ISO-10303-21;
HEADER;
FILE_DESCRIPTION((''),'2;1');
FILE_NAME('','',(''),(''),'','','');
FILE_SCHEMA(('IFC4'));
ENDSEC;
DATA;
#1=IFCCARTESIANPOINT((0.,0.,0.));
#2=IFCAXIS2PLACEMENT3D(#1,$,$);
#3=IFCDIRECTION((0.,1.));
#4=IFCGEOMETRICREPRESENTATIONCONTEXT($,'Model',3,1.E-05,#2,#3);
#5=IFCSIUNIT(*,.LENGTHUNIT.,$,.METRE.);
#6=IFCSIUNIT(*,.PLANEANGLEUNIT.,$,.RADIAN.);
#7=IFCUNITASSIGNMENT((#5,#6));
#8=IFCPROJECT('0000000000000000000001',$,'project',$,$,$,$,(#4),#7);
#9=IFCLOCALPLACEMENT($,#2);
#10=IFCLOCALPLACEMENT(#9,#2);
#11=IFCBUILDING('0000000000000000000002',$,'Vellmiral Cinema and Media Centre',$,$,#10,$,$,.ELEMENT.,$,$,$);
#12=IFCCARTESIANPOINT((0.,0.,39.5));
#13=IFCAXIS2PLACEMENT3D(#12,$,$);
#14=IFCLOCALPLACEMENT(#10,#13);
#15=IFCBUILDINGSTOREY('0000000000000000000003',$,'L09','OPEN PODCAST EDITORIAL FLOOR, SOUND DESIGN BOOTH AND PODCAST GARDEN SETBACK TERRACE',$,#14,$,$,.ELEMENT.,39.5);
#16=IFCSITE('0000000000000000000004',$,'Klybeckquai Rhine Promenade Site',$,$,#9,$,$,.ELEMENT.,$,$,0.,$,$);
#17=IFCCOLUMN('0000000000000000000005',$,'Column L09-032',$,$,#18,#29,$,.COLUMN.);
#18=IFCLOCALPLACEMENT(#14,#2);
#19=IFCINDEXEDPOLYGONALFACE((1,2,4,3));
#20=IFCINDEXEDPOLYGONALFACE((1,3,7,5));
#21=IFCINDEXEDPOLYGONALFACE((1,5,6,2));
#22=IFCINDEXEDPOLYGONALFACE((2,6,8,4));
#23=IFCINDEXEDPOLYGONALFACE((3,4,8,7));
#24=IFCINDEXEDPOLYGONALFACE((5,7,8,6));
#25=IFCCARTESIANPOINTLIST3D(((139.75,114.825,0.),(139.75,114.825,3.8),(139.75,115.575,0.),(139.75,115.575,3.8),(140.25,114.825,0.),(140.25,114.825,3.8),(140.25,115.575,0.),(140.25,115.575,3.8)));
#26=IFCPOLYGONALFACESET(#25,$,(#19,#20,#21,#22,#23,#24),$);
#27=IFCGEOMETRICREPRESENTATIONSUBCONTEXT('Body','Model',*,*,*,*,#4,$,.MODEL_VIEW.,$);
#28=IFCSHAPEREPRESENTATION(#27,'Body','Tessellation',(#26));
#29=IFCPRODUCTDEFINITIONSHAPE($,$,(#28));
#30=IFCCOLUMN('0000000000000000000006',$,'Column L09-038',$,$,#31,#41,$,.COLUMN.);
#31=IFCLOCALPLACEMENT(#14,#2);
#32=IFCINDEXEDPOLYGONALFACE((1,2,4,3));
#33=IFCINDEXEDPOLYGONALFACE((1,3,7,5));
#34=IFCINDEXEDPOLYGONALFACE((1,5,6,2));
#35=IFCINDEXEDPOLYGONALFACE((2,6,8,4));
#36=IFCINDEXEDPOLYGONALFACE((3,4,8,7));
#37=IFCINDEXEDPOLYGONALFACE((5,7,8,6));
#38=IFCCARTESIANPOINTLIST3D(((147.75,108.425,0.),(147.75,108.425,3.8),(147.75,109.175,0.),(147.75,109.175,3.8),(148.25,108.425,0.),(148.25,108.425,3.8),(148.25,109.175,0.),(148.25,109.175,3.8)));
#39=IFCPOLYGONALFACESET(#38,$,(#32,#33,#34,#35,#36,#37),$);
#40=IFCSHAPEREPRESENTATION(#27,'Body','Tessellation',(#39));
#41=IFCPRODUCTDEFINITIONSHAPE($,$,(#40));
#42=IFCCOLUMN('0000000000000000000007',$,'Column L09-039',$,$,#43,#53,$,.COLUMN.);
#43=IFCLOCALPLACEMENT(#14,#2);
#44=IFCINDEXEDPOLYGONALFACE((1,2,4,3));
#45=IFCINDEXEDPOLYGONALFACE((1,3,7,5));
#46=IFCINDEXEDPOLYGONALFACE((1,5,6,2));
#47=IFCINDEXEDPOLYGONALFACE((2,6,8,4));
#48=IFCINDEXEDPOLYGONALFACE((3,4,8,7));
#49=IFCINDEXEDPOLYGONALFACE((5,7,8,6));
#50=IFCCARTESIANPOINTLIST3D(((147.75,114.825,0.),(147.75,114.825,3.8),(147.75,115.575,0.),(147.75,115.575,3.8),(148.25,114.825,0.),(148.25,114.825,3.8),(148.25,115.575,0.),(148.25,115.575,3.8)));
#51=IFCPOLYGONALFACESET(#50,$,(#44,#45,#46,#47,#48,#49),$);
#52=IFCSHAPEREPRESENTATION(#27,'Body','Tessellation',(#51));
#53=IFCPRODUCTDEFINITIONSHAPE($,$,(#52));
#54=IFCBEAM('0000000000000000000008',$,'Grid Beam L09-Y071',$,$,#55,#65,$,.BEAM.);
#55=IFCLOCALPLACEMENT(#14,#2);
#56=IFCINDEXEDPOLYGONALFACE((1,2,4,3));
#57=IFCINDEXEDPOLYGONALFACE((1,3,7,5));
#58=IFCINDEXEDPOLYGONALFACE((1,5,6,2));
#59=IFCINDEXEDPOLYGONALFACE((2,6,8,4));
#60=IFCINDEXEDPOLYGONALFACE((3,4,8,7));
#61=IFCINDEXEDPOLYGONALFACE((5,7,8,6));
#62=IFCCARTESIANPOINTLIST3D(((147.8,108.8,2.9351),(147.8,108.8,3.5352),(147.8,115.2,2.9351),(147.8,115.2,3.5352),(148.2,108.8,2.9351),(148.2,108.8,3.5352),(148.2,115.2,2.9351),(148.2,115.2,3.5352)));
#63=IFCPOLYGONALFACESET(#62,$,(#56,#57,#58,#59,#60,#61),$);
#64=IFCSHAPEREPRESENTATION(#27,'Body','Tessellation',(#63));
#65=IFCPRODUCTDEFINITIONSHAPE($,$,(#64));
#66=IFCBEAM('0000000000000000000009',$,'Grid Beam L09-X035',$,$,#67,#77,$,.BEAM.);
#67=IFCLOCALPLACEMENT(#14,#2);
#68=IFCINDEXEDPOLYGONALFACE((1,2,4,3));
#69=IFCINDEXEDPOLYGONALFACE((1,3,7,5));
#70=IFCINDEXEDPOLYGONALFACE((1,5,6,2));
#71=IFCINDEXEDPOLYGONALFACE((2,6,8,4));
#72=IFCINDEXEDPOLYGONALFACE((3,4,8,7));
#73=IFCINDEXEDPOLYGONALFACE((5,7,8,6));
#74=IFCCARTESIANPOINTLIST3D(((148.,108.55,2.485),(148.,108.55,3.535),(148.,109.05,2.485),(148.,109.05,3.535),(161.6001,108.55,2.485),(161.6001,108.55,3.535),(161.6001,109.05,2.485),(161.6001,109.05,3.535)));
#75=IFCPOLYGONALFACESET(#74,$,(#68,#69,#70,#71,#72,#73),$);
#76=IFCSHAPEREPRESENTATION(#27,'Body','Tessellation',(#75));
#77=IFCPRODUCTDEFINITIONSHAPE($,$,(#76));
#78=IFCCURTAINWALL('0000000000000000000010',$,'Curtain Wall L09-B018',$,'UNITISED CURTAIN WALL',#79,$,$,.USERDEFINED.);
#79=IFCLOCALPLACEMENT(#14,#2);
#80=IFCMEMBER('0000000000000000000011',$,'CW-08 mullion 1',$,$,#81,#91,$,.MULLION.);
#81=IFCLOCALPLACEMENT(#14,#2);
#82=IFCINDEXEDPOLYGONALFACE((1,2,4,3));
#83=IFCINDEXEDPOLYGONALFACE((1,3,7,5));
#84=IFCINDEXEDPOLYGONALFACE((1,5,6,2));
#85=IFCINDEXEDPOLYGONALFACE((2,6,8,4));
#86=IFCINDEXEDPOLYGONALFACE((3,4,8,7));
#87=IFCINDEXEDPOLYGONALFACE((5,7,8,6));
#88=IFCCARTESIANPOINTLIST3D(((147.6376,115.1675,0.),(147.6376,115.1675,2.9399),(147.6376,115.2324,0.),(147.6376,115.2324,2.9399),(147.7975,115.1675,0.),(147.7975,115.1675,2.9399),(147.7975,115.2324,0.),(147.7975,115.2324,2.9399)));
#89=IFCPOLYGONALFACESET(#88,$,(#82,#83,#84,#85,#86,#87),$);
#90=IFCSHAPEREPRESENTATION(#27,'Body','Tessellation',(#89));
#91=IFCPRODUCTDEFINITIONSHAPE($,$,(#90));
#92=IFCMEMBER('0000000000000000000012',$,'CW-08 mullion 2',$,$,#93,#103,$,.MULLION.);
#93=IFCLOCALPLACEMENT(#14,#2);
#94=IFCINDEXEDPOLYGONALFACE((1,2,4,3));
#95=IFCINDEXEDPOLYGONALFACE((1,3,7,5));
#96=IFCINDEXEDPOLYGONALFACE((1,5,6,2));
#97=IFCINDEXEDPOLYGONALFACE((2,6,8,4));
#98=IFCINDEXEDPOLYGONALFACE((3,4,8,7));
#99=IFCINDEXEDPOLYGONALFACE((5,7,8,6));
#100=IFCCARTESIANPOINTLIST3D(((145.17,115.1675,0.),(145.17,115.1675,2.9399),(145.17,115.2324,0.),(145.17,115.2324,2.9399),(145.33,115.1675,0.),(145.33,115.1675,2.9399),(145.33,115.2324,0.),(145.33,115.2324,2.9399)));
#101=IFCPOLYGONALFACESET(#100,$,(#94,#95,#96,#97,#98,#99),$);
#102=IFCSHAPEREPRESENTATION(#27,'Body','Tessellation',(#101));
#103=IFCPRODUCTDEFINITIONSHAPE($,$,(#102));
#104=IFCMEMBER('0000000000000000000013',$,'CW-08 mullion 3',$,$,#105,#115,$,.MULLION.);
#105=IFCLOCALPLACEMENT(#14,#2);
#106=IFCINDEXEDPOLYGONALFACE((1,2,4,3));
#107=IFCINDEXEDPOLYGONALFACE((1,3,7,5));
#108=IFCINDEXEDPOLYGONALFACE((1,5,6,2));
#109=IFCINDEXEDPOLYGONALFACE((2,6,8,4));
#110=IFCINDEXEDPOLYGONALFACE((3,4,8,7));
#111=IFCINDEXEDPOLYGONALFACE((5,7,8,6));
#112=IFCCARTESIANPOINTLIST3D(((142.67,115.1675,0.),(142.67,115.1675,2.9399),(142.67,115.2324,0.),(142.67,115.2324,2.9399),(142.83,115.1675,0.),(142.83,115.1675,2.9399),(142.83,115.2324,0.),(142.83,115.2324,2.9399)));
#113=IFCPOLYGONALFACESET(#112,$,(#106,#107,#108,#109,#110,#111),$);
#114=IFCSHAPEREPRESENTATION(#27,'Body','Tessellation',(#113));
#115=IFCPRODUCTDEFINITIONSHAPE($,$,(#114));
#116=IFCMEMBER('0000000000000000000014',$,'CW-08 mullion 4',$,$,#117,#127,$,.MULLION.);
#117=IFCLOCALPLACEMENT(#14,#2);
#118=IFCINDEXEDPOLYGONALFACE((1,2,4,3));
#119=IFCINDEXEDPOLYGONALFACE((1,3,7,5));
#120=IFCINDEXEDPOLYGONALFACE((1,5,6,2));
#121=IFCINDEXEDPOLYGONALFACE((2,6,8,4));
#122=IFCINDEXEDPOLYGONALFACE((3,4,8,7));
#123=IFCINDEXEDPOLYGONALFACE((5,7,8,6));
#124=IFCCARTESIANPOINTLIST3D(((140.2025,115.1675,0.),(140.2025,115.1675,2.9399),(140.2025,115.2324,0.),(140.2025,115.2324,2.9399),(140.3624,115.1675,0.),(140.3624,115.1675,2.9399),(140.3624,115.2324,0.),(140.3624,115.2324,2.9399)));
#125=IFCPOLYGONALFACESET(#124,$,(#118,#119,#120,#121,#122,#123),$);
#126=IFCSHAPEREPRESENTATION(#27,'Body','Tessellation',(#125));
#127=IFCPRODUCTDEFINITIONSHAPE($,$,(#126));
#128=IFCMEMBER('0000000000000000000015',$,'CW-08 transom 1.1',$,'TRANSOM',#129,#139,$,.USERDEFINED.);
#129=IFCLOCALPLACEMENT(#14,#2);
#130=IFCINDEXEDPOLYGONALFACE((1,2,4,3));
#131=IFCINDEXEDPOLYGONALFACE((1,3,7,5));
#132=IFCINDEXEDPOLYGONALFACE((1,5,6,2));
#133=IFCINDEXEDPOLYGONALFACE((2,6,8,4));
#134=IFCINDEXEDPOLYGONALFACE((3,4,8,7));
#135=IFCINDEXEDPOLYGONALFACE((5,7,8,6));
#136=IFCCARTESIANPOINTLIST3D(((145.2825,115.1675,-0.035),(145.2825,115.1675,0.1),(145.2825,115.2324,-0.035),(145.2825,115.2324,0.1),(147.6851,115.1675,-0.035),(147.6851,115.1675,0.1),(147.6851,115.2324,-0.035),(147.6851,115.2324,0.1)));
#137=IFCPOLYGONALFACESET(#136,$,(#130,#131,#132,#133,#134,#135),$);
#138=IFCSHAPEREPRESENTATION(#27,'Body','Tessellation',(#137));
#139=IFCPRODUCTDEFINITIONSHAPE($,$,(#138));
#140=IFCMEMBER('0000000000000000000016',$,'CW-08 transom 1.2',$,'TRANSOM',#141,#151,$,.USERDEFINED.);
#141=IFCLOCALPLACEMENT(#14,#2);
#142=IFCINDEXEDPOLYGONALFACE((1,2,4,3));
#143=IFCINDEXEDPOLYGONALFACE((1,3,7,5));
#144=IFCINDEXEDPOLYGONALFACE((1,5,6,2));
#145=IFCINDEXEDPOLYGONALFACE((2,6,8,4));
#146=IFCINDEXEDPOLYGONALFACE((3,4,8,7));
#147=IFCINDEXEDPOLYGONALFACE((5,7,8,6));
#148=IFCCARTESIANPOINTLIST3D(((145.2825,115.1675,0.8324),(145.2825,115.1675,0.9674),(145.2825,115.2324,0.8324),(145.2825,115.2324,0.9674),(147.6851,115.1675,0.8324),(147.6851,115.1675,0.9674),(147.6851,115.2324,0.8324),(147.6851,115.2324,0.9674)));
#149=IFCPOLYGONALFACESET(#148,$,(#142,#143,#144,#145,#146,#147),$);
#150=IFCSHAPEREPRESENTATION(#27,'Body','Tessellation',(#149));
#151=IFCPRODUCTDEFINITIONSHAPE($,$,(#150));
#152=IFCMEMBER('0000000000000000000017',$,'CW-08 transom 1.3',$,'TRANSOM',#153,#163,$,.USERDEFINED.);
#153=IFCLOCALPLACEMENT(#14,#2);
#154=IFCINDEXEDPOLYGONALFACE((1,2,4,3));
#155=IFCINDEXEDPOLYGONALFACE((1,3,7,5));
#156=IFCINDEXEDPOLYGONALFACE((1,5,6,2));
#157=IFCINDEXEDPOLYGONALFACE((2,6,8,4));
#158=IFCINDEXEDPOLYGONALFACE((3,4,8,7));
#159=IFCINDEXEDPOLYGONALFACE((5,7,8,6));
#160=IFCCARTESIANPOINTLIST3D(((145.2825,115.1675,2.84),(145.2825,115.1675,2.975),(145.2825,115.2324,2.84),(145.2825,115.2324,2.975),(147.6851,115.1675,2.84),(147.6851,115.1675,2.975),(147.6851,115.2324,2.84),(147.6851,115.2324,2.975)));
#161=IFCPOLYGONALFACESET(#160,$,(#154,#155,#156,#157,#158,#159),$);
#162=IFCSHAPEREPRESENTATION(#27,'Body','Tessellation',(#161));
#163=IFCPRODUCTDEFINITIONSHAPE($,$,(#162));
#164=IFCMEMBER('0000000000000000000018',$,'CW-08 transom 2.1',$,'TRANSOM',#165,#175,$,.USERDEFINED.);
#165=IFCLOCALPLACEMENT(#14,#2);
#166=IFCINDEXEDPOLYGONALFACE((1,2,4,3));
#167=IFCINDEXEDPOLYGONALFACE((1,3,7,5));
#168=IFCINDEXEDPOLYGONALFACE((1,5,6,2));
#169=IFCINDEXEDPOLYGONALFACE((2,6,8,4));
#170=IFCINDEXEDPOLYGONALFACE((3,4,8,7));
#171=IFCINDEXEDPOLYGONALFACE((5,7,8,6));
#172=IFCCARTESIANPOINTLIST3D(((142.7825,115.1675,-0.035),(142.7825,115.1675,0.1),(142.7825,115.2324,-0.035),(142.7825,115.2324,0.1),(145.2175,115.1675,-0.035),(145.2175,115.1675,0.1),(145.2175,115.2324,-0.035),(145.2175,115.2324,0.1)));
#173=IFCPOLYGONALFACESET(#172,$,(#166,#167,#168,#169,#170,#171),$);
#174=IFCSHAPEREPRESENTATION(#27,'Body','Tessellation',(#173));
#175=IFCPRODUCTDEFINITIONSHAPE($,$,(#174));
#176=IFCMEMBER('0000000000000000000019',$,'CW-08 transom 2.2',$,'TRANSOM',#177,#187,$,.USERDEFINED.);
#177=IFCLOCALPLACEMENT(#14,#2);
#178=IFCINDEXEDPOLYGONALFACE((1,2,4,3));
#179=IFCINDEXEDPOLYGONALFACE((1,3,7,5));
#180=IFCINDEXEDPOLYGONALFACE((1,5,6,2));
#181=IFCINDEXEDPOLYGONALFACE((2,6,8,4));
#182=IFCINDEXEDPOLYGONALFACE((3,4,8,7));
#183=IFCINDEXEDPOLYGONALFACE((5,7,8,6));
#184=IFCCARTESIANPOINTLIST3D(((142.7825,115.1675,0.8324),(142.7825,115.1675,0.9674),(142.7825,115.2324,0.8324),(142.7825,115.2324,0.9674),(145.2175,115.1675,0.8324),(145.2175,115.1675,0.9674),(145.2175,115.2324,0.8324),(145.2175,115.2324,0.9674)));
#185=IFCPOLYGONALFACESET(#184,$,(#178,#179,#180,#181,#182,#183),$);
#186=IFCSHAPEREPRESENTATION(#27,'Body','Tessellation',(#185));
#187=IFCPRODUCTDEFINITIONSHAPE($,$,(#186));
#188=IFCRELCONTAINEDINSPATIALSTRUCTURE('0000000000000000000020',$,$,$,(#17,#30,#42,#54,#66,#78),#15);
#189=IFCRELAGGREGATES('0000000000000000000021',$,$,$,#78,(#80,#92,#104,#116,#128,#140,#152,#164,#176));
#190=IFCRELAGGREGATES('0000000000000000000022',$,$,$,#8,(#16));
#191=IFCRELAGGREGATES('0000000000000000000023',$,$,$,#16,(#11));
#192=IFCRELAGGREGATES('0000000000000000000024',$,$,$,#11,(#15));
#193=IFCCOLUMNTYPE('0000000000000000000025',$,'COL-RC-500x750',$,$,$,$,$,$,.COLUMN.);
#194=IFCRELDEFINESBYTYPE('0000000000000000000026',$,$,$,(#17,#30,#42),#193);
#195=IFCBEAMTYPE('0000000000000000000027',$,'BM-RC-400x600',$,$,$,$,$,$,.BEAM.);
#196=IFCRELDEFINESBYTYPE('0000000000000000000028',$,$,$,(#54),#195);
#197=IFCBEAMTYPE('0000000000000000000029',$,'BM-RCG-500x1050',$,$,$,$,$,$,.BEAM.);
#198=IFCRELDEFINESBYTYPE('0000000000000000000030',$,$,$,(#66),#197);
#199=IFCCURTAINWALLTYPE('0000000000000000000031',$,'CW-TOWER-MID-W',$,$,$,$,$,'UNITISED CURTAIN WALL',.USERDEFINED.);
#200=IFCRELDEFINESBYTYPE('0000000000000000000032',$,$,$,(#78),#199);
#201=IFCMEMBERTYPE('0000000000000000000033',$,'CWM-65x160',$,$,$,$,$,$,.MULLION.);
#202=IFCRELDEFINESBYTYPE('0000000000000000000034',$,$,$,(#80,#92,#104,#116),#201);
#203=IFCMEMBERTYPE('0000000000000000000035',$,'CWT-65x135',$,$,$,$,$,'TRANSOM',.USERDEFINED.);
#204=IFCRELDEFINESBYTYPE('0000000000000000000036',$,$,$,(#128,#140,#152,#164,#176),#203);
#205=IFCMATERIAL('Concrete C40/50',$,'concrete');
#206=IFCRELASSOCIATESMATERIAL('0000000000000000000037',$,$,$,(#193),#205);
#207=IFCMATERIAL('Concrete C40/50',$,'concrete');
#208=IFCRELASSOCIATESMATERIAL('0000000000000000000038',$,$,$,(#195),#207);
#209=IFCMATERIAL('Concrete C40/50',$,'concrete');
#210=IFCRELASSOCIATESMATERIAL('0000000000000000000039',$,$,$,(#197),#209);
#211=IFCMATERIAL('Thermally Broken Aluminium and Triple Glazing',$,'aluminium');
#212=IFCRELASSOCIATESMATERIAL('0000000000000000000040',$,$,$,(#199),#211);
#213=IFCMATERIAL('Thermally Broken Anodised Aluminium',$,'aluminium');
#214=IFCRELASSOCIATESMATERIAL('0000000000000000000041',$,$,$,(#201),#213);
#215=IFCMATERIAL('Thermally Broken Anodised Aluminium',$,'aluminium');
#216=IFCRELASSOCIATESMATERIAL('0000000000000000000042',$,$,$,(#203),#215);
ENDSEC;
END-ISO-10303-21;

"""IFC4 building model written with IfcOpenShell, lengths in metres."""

from ifc_helpers import new_model, si_unit, direction, frame, origin, origin_2d, place, context, subcontext, project, spatial, rectangle, extrude, material, material_profile, profile_set, type_object, element, aggregate, save


model = new_model("IFC4")

# Units and contexts
model_context = context("Model", 3, precision=1e-05, world=origin(), true_north=direction((0.0, 1.0)))
body_context = subcontext(model_context, "Body", "Model", "MODEL_VIEW")
ifc_project = project(units=[si_unit("LENGTHUNIT", "METRE"), si_unit("PLANEANGLEUNIT", "RADIAN")], contexts=[model_context])

# Site, building, storey
site_placement = place(None, origin())
site = spatial("IfcSite", under=ifc_project, at=site_placement, Name="Klybeckquai Rhine Promenade Site", CompositionType="ELEMENT", RefElevation=0.0)
building_placement = place(site_placement, origin())
building = spatial("IfcBuilding", under=site, at=building_placement, Name="Vellmiral Cinema and Media Centre", CompositionType="ELEMENT")
storey_placement = place(building_placement, frame((0.0, 0.0, 39.5)))
storey = spatial("IfcBuildingStorey", under=building, at=storey_placement, Name="L09", Description="OPEN PODCAST EDITORIAL FLOOR, SOUND DESIGN BOOTH AND PODCAST GARDEN SETBACK TERRACE", CompositionType="ELEMENT", Elevation=39.5)

# Columns
ifc_material_1 = material(Name="Concrete C40/50", Category="concrete")
ifc_material_profile_1 = material_profile(ifc_material_1, rectangle(XDim=0.5, YDim=0.75, at=origin_2d()), Name="RC 500x750")
ifc_profile_set_1 = profile_set([ifc_material_profile_1], Name="Concrete C40/50")
column_type = type_object("IfcColumnType", Name="COL-RC-500x750", PredefinedType="COLUMN", material=ifc_profile_set_1)
for number, where, z_axis, x_axis, name in (
    (1, (140.0, 115.2, 0.0), (0.0, 0.0, 1.0), (1.0, 0.0, 0.0), "Column L09-032"),
    (2, (148.0, 108.8, 0.0), (0.0, 0.0, 1.0), (1.0, 0.0, 0.0), "Column L09-038"),
    (3, (148.0, 115.2, 0.0), (0.0, 0.0, 1.0), (1.0, 0.0, 0.0), "Column L09-039"),
):
    element("IfcColumn", number, at=place(storey_placement, frame(where, z_axis=z_axis, x_axis=x_axis)), inside=storey, type_object=column_type, Name=name, PredefinedType="COLUMN", context=body_context, shape_type="SweptSolid", body=[
        extrude(rectangle(XDim=0.5, YDim=0.75, at=origin_2d()), origin(), (0.0, 0.0, 1.0), 3.8),
    ])

# Beams
ifc_material_2 = material(Name="Concrete C40/50", Category="concrete")
ifc_material_profile_2 = material_profile(ifc_material_2, rectangle(XDim=0.3999, YDim=0.6001, at=origin_2d()), Name="RC 400x600")
ifc_profile_set_2 = profile_set([ifc_material_profile_2], Name="Concrete C40/50")
beam_type_1 = type_object("IfcBeamType", Name="BM-RC-400x600", PredefinedType="BEAM", material=ifc_profile_set_2)
beam_1_placement = place(storey_placement, frame((148.0, 108.8, 3.2351), z_axis=(0.0, 1.0, 0.0), x_axis=(-1.0, 0.0, 0.0)))
element("IfcBeam", 4, at=beam_1_placement, inside=storey, type_object=beam_type_1, Name="Grid Beam L09-Y071", PredefinedType="BEAM", context=body_context, shape_type="SweptSolid", body=[
    extrude(rectangle(XDim=0.3999, YDim=0.6001, at=origin_2d()), origin(), (0.0, 0.0, 1.0), 6.3999),
])
ifc_material_3 = material(Name="Concrete C40/50", Category="concrete")
ifc_material_profile_3 = material_profile(ifc_material_3, rectangle(XDim=0.5, YDim=1.05, at=origin_2d()), Name="RC 500x1050")
ifc_profile_set_3 = profile_set([ifc_material_profile_3], Name="Concrete C40/50")
beam_type_2 = type_object("IfcBeamType", Name="BM-RCG-500x1050", PredefinedType="BEAM", material=ifc_profile_set_3)
beam_2_placement = place(storey_placement, frame((148.0, 108.8, 3.01), z_axis=(1.0, 0.0, 0.0), x_axis=(0.0, 1.0, 0.0)))
element("IfcBeam", 5, at=beam_2_placement, inside=storey, type_object=beam_type_2, Name="Grid Beam L09-X035", PredefinedType="BEAM", context=body_context, shape_type="SweptSolid", body=[
    extrude(rectangle(XDim=0.5, YDim=1.05, at=origin_2d()), origin(), (0.0, 0.0, 1.0), 13.6001),
])

# Curtain wall, members
ifc_material_4 = material(Name="Thermally Broken Aluminium and Triple Glazing", Category="aluminium")
curtain_wall_type = type_object("IfcCurtainWallType", Name="CW-TOWER-MID-W", ElementType="UNITISED CURTAIN WALL", PredefinedType="USERDEFINED", material=ifc_material_4)
curtain_wall_placement = place(storey_placement, origin())
curtain_wall = element("IfcCurtainWall", 6, at=curtain_wall_placement, inside=storey, type_object=curtain_wall_type, Name="Curtain Wall L09-B018", ObjectType="UNITISED CURTAIN WALL", PredefinedType="USERDEFINED")
ifc_material_5 = material(Name="Thermally Broken Anodised Aluminium", Category="aluminium")
ifc_material_profile_4 = material_profile(ifc_material_5, rectangle(XDim=0.0649, YDim=0.1599, at=origin_2d()), Name="MULL 65x160")
ifc_profile_set_4 = profile_set([ifc_material_profile_4], Name="Thermally Broken Anodised Aluminium")
member_type_1 = type_object("IfcMemberType", Name="CWM-65x160", PredefinedType="MULLION", material=ifc_profile_set_4)
member_1_placement = place(storey_placement, frame((147.7175, 115.2, 0.0), z_axis=(0.0, 0.0, 1.0), x_axis=(0.0, -1.0, 0.0)))
member_1 = element("IfcMember", 7, at=member_1_placement, type_object=member_type_1, Name="CW-08 mullion 1", PredefinedType="MULLION", context=body_context, shape_type="SweptSolid", body=[
    extrude(rectangle(XDim=0.0649, YDim=0.1599, at=origin_2d()), origin(), (0.0, 0.0, 1.0), 2.9399),
])
member_2_placement = place(storey_placement, frame((145.25, 115.2, 0.0), z_axis=(0.0, 0.0, 1.0), x_axis=(0.0, -1.0, 0.0)))
member_2 = element("IfcMember", 8, at=member_2_placement, type_object=member_type_1, Name="CW-08 mullion 2", PredefinedType="MULLION", context=body_context, shape_type="SweptSolid", body=[
    extrude(rectangle(XDim=0.0649, YDim=0.1599, at=origin_2d()), origin(), (0.0, 0.0, 1.0), 2.9399),
])
member_3_placement = place(storey_placement, frame((142.75, 115.2, 0.0), z_axis=(0.0, 0.0, 1.0), x_axis=(0.0, -1.0, 0.0)))
member_3 = element("IfcMember", 9, at=member_3_placement, type_object=member_type_1, Name="CW-08 mullion 3", PredefinedType="MULLION", context=body_context, shape_type="SweptSolid", body=[
    extrude(rectangle(XDim=0.0649, YDim=0.1599, at=origin_2d()), origin(), (0.0, 0.0, 1.0), 2.9399),
])
member_4_placement = place(storey_placement, frame((140.2825, 115.2, 0.0), z_axis=(0.0, 0.0, 1.0), x_axis=(0.0, -1.0, 0.0)))
member_4 = element("IfcMember", 10, at=member_4_placement, type_object=member_type_1, Name="CW-08 mullion 4", PredefinedType="MULLION", context=body_context, shape_type="SweptSolid", body=[
    extrude(rectangle(XDim=0.0649, YDim=0.1599, at=origin_2d()), origin(), (0.0, 0.0, 1.0), 2.9399),
])
ifc_material_6 = material(Name="Thermally Broken Anodised Aluminium", Category="aluminium")
ifc_material_profile_5 = material_profile(ifc_material_6, rectangle(XDim=0.0649, YDim=0.135, at=origin_2d()), Name="MULL 65x135")
ifc_profile_set_5 = profile_set([ifc_material_profile_5], Name="Thermally Broken Anodised Aluminium")
member_type_2 = type_object("IfcMemberType", Name="CWT-65x135", ElementType="TRANSOM", PredefinedType="USERDEFINED", material=ifc_profile_set_5)
member_5_placement = place(storey_placement, frame((147.6851, 115.2, 0.0325), z_axis=(-1.0, 0.0, 0.0), x_axis=(0.0, -1.0, 0.0)))
member_5 = element("IfcMember", 11, at=member_5_placement, type_object=member_type_2, Name="CW-08 transom 1.1", ObjectType="TRANSOM", PredefinedType="USERDEFINED", context=body_context, shape_type="SweptSolid", body=[
    extrude(rectangle(XDim=0.0649, YDim=0.135, at=origin_2d()), origin(), (0.0, 0.0, 1.0), 2.4026),
])
member_6_placement = place(storey_placement, frame((147.6851, 115.2, 0.8999), z_axis=(-1.0, 0.0, 0.0), x_axis=(0.0, -1.0, 0.0)))
member_6 = element("IfcMember", 12, at=member_6_placement, type_object=member_type_2, Name="CW-08 transom 1.2", ObjectType="TRANSOM", PredefinedType="USERDEFINED", context=body_context, shape_type="SweptSolid", body=[
    extrude(rectangle(XDim=0.0649, YDim=0.135, at=origin_2d()), origin(), (0.0, 0.0, 1.0), 2.4026),
])
member_7_placement = place(storey_placement, frame((147.6851, 115.2, 2.9075), z_axis=(-1.0, 0.0, 0.0), x_axis=(0.0, -1.0, 0.0)))
member_7 = element("IfcMember", 13, at=member_7_placement, type_object=member_type_2, Name="CW-08 transom 1.3", ObjectType="TRANSOM", PredefinedType="USERDEFINED", context=body_context, shape_type="SweptSolid", body=[
    extrude(rectangle(XDim=0.0649, YDim=0.135, at=origin_2d()), origin(), (0.0, 0.0, 1.0), 2.4026),
])
member_8_placement = place(storey_placement, frame((145.2175, 115.2, 0.0325), z_axis=(-1.0, 0.0, 0.0), x_axis=(0.0, -1.0, 0.0)))
member_8 = element("IfcMember", 14, at=member_8_placement, type_object=member_type_2, Name="CW-08 transom 2.1", ObjectType="TRANSOM", PredefinedType="USERDEFINED", context=body_context, shape_type="SweptSolid", body=[
    extrude(rectangle(XDim=0.0649, YDim=0.135, at=origin_2d()), origin(), (0.0, 0.0, 1.0), 2.4351),
])
member_9_placement = place(storey_placement, frame((145.2175, 115.2, 0.8999), z_axis=(-1.0, 0.0, 0.0), x_axis=(0.0, -1.0, 0.0)))
member_9 = element("IfcMember", 15, at=member_9_placement, type_object=member_type_2, Name="CW-08 transom 2.2", ObjectType="TRANSOM", PredefinedType="USERDEFINED", context=body_context, shape_type="SweptSolid", body=[
    extrude(rectangle(XDim=0.0649, YDim=0.135, at=origin_2d()), origin(), (0.0, 0.0, 1.0), 2.4351),
])

aggregate(curtain_wall, [member_1, member_2, member_3, member_4, member_5, member_6, member_7, member_8, member_9])

save(model, "model.ifc")
